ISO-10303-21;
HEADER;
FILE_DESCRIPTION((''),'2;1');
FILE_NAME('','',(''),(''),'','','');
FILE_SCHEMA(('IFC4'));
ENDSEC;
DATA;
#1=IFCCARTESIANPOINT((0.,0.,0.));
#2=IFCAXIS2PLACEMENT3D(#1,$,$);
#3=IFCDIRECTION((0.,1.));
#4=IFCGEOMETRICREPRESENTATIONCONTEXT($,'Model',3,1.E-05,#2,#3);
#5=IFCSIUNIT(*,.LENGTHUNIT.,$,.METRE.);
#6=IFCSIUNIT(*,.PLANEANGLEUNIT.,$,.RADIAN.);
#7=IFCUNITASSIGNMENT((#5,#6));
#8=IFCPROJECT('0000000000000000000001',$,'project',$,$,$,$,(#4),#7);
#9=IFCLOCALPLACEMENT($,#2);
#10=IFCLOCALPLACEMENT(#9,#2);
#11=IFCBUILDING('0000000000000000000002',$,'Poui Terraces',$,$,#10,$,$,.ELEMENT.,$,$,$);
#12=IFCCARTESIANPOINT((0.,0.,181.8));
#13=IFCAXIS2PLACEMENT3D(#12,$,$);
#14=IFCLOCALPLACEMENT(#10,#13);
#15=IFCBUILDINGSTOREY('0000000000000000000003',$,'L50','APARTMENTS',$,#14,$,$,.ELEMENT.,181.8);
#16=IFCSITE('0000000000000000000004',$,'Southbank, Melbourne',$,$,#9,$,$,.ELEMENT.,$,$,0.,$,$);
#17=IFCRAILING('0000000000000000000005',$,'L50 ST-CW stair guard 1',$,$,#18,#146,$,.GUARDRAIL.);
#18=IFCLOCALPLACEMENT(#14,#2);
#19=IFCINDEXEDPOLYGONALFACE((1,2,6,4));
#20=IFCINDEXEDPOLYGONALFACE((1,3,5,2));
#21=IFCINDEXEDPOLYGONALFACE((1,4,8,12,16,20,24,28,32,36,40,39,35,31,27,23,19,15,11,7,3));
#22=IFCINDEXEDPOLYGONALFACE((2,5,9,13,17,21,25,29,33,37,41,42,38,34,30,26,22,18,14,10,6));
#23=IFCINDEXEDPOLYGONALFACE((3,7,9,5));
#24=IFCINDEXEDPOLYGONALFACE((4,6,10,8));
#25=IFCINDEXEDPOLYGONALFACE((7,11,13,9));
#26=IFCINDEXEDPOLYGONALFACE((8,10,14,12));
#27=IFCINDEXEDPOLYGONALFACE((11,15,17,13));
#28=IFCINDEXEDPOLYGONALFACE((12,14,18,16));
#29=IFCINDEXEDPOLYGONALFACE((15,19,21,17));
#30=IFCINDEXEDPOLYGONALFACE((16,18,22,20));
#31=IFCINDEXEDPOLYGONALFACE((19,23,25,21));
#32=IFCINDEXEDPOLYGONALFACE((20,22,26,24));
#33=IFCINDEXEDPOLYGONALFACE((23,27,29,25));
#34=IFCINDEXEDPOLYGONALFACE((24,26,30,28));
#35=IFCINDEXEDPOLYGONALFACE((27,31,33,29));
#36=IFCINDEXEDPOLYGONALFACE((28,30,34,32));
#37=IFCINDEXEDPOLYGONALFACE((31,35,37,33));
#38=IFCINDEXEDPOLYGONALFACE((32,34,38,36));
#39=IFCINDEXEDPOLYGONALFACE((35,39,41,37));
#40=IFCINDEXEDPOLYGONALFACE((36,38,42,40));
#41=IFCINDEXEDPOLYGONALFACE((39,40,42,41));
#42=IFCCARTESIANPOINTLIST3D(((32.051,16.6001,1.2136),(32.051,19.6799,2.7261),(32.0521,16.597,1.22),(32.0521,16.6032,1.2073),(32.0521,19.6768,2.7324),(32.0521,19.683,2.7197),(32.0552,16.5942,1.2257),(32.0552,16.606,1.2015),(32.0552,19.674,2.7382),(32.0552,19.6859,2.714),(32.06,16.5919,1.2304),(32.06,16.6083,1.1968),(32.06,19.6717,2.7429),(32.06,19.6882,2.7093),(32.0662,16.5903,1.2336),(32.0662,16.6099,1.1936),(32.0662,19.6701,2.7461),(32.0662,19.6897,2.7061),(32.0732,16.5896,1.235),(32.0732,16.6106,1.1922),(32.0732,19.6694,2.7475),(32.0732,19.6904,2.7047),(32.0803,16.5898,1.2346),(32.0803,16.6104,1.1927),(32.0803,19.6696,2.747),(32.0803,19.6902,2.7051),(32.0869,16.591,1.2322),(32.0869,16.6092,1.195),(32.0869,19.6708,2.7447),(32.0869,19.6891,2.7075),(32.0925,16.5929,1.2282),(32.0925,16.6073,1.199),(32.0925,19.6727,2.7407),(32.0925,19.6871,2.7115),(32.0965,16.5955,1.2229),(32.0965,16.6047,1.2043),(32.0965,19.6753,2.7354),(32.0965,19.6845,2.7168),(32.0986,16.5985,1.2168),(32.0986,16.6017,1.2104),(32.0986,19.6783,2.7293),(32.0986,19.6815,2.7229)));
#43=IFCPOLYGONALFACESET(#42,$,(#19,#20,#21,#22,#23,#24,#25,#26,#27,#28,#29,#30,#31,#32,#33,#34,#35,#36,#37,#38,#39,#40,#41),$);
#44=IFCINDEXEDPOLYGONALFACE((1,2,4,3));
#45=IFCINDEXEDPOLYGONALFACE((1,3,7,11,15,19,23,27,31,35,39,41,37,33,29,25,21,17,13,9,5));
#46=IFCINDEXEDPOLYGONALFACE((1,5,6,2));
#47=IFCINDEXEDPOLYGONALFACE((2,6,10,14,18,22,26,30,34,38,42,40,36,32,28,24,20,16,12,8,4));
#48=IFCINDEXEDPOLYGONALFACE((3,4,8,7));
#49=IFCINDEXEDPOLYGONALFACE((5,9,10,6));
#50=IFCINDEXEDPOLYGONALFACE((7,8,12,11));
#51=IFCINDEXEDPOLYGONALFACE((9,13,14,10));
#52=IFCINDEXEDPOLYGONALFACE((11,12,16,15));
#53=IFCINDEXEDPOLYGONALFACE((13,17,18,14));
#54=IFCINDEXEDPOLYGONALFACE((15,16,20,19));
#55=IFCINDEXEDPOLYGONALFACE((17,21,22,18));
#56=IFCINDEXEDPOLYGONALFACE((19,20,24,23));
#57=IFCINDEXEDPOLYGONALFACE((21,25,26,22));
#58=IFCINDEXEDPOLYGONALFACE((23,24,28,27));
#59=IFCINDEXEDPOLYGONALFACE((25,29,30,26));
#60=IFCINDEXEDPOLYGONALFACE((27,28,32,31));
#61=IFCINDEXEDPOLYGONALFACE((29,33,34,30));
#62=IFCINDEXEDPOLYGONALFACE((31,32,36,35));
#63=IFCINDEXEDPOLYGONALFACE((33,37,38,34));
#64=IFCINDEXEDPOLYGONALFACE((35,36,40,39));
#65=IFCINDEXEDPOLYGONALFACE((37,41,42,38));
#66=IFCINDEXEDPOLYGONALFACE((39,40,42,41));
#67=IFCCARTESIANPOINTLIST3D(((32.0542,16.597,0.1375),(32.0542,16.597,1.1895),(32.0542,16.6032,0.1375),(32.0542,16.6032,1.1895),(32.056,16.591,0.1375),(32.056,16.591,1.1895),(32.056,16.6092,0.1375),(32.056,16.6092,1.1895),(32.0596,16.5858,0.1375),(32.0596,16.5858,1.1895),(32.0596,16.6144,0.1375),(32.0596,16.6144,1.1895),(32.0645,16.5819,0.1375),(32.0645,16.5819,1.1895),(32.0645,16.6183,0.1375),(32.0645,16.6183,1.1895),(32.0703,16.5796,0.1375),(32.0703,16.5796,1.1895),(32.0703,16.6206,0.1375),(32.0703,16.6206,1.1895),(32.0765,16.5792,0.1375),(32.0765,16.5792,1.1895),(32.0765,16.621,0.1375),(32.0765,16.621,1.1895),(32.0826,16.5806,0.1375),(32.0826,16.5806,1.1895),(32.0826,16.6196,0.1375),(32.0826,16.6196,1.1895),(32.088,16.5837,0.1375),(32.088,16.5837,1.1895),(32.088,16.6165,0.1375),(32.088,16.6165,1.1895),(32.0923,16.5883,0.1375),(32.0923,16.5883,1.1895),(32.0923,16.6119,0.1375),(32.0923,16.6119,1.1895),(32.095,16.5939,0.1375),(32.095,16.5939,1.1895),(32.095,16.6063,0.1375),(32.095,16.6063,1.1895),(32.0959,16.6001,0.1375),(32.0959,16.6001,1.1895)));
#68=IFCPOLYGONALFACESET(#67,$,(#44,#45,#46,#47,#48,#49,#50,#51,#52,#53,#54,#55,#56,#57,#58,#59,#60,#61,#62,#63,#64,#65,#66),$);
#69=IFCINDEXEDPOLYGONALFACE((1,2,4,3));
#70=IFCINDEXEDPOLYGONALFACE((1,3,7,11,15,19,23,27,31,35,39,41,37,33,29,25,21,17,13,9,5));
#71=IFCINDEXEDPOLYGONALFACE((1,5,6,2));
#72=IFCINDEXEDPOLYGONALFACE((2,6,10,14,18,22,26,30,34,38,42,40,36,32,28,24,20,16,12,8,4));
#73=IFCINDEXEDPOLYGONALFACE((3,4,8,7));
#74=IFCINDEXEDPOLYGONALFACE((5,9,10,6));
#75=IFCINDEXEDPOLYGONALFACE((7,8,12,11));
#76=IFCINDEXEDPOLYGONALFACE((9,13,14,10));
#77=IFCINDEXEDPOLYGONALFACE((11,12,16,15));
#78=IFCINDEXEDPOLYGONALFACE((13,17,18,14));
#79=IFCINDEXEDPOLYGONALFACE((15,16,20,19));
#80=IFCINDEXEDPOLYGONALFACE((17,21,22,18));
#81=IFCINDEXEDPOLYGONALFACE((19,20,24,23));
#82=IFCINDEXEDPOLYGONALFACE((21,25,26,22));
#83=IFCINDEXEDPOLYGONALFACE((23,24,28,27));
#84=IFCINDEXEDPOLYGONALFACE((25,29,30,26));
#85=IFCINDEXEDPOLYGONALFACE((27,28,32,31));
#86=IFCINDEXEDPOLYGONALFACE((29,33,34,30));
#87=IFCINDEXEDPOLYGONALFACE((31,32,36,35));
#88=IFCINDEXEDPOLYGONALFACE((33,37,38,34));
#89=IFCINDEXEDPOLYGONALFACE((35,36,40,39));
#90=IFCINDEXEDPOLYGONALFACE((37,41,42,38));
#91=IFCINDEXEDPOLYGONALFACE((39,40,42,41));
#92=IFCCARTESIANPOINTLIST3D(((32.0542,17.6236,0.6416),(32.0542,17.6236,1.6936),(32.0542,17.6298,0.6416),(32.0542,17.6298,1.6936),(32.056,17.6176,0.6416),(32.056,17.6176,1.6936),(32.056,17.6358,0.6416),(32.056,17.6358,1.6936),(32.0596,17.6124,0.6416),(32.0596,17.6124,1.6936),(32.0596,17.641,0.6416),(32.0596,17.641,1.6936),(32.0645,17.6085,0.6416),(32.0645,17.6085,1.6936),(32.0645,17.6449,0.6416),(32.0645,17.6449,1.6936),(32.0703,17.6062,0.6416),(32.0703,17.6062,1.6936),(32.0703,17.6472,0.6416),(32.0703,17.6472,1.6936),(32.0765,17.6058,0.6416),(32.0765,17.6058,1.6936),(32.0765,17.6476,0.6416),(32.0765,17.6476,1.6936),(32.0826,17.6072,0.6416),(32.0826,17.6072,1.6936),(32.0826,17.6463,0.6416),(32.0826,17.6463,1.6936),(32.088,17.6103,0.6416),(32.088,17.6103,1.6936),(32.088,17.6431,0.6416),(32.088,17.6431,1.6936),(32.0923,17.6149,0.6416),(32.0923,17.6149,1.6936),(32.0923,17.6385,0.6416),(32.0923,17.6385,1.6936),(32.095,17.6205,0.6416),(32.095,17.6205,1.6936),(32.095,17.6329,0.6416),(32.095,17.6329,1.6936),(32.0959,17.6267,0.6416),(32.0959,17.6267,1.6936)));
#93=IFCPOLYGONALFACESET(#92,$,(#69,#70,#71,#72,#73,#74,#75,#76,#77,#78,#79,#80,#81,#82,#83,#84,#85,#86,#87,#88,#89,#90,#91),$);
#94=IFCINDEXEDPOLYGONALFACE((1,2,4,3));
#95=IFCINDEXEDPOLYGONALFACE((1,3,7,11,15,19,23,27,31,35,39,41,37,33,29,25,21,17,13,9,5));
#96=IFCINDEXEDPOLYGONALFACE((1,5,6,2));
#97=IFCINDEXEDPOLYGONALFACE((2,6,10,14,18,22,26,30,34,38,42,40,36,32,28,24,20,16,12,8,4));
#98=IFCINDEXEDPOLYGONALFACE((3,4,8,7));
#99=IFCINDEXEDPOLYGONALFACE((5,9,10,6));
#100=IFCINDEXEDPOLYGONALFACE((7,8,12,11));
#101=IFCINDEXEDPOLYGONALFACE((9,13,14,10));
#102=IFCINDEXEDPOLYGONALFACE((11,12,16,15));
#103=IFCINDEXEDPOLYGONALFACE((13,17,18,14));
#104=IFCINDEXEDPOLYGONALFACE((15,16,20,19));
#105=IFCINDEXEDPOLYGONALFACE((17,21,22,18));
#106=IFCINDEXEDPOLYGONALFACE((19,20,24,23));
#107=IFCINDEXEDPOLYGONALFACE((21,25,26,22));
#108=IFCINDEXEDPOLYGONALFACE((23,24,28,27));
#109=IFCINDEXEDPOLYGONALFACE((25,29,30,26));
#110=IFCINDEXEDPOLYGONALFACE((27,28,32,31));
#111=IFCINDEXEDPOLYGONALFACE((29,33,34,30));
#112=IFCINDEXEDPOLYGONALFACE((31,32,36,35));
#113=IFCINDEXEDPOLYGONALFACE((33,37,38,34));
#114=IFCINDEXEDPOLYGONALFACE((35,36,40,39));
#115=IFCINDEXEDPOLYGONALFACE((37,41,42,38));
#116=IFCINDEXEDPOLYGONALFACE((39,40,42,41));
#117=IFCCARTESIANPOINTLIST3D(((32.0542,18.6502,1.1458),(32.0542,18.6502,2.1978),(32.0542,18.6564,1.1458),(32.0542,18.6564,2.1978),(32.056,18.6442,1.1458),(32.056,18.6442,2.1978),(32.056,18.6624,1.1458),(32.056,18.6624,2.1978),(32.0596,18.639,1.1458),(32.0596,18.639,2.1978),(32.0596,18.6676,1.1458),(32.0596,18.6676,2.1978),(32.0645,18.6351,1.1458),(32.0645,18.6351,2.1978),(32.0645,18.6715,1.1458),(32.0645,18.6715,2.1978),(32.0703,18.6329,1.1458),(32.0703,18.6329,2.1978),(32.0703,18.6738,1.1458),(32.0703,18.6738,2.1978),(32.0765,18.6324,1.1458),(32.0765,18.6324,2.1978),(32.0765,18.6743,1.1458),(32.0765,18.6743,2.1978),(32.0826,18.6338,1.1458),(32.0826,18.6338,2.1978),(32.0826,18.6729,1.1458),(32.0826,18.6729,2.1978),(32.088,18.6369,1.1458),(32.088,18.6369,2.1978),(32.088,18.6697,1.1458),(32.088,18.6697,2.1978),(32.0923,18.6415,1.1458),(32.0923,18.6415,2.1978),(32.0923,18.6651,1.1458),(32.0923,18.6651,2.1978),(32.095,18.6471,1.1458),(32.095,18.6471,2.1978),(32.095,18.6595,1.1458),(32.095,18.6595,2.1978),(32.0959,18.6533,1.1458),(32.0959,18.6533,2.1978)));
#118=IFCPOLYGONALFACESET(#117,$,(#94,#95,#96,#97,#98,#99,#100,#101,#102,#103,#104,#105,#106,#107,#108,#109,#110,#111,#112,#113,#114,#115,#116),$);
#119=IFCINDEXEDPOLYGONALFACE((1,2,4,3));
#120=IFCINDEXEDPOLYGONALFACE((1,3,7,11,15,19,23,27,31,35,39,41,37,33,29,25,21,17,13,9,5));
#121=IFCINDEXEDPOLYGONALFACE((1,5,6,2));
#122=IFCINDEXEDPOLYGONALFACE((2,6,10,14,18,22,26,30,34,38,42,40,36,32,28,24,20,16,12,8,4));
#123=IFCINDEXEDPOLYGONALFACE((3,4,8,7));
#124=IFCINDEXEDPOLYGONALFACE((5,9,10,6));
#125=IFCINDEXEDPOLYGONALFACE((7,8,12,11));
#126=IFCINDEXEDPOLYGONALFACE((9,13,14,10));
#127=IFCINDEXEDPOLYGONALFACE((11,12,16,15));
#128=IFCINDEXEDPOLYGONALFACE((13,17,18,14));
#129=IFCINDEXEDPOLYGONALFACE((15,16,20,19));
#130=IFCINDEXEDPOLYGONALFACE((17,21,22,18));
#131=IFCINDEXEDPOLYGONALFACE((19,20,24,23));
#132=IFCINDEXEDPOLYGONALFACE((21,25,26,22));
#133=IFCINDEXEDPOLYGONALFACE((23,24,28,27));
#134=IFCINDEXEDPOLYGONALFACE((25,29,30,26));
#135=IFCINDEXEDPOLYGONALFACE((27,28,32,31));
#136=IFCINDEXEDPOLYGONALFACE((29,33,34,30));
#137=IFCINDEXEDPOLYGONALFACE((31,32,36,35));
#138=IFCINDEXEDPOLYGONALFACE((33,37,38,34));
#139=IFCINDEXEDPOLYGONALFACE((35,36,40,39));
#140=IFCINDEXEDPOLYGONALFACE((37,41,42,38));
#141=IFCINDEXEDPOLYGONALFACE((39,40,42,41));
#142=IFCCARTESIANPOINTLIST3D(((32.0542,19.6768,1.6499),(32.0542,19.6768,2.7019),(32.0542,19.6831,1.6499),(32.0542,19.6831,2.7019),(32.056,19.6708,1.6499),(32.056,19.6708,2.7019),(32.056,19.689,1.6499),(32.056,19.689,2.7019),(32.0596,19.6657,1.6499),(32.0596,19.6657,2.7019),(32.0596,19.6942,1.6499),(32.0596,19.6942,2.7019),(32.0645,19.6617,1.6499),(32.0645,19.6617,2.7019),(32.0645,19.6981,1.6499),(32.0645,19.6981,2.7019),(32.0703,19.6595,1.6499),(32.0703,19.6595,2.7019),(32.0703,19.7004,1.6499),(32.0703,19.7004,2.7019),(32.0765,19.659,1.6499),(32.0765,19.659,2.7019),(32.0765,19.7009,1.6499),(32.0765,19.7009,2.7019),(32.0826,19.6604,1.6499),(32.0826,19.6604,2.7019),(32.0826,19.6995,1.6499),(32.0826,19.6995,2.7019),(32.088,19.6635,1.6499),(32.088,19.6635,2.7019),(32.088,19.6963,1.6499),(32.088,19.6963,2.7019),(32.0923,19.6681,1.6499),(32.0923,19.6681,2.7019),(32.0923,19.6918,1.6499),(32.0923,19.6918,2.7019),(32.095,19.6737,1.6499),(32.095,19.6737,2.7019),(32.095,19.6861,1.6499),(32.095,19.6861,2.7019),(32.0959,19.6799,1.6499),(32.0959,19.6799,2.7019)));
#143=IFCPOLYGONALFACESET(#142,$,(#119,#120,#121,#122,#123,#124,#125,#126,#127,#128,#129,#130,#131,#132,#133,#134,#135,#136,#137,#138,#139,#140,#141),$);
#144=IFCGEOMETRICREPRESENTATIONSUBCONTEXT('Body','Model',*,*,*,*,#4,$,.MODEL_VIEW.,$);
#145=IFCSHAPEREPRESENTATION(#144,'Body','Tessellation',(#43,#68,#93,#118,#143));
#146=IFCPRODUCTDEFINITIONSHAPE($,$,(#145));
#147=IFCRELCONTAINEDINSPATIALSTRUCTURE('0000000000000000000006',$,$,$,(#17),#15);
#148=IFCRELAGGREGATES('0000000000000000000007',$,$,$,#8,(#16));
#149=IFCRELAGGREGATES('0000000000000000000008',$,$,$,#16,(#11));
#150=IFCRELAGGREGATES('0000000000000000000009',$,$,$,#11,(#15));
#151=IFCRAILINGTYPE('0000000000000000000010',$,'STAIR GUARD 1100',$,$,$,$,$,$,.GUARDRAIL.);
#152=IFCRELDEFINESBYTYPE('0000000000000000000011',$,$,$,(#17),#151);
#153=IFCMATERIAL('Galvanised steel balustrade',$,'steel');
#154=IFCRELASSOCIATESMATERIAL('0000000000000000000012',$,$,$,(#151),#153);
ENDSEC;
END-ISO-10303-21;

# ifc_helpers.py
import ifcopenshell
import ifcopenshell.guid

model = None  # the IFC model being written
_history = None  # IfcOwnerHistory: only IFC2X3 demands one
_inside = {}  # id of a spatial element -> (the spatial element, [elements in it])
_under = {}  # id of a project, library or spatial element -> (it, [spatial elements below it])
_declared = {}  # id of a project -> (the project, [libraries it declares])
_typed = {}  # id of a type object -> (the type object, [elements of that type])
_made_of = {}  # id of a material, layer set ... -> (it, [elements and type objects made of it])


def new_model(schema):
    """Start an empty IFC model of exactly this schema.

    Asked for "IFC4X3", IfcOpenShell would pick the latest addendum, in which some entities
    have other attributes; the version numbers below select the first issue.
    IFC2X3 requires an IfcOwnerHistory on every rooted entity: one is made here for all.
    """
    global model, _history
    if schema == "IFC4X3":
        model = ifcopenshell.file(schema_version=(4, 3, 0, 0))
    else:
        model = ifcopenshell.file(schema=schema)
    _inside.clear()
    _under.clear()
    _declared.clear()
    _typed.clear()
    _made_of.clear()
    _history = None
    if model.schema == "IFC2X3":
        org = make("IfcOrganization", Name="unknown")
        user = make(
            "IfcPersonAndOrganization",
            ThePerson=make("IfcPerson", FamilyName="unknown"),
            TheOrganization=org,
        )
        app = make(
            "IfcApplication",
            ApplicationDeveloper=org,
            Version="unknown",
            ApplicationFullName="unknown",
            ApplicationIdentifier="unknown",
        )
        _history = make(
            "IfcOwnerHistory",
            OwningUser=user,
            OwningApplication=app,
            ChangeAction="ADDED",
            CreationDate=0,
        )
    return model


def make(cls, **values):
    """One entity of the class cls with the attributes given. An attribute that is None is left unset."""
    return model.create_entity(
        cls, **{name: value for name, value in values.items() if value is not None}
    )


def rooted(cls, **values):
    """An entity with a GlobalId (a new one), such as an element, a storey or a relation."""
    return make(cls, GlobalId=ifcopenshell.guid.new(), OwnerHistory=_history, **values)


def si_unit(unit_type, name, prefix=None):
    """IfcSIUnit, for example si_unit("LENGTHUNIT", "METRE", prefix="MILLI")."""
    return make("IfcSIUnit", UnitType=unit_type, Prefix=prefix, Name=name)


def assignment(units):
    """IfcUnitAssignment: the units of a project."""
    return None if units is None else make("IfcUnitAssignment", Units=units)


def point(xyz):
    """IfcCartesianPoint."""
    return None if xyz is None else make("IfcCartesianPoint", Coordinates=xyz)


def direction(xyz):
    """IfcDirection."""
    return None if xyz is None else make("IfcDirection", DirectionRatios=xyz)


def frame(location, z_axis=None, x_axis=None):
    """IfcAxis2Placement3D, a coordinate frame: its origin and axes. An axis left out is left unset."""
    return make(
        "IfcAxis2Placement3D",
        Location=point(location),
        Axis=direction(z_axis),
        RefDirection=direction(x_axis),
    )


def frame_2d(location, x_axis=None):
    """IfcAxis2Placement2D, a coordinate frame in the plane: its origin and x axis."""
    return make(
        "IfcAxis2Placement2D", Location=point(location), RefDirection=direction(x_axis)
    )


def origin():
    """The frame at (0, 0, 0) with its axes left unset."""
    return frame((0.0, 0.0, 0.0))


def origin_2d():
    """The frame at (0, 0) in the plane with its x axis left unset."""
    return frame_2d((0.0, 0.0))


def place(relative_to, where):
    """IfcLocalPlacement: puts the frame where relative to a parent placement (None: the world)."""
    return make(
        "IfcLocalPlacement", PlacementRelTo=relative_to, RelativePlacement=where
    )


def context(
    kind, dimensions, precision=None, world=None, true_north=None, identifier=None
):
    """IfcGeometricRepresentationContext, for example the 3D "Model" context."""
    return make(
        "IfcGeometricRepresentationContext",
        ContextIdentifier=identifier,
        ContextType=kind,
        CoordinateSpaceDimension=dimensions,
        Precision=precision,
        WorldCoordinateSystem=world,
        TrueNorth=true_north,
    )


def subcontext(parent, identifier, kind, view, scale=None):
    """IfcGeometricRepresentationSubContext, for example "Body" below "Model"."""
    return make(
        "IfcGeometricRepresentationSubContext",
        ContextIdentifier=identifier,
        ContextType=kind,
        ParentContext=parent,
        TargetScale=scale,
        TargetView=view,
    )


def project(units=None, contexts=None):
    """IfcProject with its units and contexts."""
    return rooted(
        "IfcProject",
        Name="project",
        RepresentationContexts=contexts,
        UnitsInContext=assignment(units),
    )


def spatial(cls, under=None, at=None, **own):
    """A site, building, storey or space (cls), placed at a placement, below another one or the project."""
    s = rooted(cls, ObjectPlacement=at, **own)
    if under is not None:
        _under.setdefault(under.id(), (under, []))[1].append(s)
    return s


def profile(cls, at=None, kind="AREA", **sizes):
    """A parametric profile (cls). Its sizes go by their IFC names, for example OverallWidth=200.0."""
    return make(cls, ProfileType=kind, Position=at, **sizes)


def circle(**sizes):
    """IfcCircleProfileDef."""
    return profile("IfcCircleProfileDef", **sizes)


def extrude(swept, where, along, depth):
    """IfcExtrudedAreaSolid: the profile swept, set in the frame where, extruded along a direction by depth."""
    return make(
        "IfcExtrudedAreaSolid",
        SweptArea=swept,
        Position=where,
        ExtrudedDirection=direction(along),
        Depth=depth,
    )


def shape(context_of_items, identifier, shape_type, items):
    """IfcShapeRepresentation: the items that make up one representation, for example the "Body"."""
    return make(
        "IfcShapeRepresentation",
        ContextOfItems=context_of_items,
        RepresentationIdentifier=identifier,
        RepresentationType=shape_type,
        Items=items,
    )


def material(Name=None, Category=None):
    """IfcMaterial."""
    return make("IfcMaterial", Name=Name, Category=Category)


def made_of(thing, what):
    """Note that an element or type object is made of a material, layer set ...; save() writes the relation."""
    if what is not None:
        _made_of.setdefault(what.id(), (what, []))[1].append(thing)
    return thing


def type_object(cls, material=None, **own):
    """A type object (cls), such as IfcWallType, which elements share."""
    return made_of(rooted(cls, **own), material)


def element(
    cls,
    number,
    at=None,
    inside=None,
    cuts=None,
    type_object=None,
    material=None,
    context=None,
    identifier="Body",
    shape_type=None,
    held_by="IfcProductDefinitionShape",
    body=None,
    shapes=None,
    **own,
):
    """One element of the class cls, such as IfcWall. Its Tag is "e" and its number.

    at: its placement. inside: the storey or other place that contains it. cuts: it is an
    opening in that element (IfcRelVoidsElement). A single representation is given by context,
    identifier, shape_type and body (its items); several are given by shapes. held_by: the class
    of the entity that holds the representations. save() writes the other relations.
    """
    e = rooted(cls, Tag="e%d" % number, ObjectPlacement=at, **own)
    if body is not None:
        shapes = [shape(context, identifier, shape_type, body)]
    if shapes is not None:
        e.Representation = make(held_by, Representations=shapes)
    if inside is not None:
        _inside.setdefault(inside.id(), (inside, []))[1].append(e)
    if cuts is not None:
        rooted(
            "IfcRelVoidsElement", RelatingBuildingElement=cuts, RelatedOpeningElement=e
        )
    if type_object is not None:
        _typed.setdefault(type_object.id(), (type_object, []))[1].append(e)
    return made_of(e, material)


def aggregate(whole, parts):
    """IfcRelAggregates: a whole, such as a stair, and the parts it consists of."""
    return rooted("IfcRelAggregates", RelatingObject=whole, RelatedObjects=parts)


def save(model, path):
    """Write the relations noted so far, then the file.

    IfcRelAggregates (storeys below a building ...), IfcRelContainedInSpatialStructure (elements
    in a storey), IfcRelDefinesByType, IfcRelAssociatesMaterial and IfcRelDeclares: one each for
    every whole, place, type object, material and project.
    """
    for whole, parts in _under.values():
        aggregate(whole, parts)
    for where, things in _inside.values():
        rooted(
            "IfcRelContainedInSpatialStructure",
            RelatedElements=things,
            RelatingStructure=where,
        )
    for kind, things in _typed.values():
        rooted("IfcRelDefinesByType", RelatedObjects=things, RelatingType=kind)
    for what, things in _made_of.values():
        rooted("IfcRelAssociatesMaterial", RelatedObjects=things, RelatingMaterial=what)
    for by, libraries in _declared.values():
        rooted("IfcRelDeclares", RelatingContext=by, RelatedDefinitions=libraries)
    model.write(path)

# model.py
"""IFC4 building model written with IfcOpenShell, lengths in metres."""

from ifc_helpers import new_model, si_unit, direction, frame, origin, origin_2d, place, context, subcontext, project, spatial, circle, extrude, material, type_object, element, save


model = new_model("IFC4")

# Units and contexts
model_context = context("Model", 3, precision=1e-05, world=origin(), true_north=direction((0.0, 1.0)))
body_context = subcontext(model_context, "Body", "Model", "MODEL_VIEW")
ifc_project = project(units=[si_unit("LENGTHUNIT", "METRE"), si_unit("PLANEANGLEUNIT", "RADIAN")], contexts=[model_context])

# Site, building, storey
site_placement = place(None, origin())
site = spatial("IfcSite", under=ifc_project, at=site_placement, Name="Southbank, Melbourne", CompositionType="ELEMENT", RefElevation=0.0)
building_placement = place(site_placement, origin())
building = spatial("IfcBuilding", under=site, at=building_placement, Name="Poui Terraces", CompositionType="ELEMENT")
storey_placement = place(building_placement, frame((0.0, 0.0, 181.8)))
storey = spatial("IfcBuildingStorey", under=building, at=storey_placement, Name="L50", Description="APARTMENTS", CompositionType="ELEMENT", Elevation=181.8)

# Railing
ifc_material_1 = material(Name="Galvanised steel balustrade", Category="steel")
railing_type_1 = type_object("IfcRailingType", Name="STAIR GUARD 1100", PredefinedType="GUARDRAIL", material=ifc_material_1)
railing_1_placement = place(storey_placement, frame((32.075, 16.6001, 0.1375)))
element("IfcRailing", 1, at=railing_1_placement, inside=storey, type_object=railing_type_1, Name="L50 ST-CW stair guard 1", PredefinedType="GUARDRAIL", context=body_context, shape_type="SweptSolid", body=[
    extrude(circle(Radius=0.0239, at=origin_2d()), frame((0.0, 0.0, 1.0762), z_axis=(0.0, 0.897606, 0.440798), x_axis=(-1.0, 0.0, 0.0)), (0.0, 0.0, 1.0), 3.4312),
    extrude(circle(Radius=0.021, at=origin_2d()), origin(), (0.0, 0.0, 1.0), 1.052),
    extrude(circle(Radius=0.021, at=origin_2d()), frame((0.0, 1.0266, 0.5042)), (0.0, 0.0, 1.0), 1.052),
    extrude(circle(Radius=0.021, at=origin_2d()), frame((0.0, 2.0532, 1.0083)), (0.0, 0.0, 1.0), 1.052),
    extrude(circle(Radius=0.021, at=origin_2d()), frame((0.0, 3.0798, 1.5125)), (0.0, 0.0, 1.0), 1.052),
])

save(model, "model.ifc")
